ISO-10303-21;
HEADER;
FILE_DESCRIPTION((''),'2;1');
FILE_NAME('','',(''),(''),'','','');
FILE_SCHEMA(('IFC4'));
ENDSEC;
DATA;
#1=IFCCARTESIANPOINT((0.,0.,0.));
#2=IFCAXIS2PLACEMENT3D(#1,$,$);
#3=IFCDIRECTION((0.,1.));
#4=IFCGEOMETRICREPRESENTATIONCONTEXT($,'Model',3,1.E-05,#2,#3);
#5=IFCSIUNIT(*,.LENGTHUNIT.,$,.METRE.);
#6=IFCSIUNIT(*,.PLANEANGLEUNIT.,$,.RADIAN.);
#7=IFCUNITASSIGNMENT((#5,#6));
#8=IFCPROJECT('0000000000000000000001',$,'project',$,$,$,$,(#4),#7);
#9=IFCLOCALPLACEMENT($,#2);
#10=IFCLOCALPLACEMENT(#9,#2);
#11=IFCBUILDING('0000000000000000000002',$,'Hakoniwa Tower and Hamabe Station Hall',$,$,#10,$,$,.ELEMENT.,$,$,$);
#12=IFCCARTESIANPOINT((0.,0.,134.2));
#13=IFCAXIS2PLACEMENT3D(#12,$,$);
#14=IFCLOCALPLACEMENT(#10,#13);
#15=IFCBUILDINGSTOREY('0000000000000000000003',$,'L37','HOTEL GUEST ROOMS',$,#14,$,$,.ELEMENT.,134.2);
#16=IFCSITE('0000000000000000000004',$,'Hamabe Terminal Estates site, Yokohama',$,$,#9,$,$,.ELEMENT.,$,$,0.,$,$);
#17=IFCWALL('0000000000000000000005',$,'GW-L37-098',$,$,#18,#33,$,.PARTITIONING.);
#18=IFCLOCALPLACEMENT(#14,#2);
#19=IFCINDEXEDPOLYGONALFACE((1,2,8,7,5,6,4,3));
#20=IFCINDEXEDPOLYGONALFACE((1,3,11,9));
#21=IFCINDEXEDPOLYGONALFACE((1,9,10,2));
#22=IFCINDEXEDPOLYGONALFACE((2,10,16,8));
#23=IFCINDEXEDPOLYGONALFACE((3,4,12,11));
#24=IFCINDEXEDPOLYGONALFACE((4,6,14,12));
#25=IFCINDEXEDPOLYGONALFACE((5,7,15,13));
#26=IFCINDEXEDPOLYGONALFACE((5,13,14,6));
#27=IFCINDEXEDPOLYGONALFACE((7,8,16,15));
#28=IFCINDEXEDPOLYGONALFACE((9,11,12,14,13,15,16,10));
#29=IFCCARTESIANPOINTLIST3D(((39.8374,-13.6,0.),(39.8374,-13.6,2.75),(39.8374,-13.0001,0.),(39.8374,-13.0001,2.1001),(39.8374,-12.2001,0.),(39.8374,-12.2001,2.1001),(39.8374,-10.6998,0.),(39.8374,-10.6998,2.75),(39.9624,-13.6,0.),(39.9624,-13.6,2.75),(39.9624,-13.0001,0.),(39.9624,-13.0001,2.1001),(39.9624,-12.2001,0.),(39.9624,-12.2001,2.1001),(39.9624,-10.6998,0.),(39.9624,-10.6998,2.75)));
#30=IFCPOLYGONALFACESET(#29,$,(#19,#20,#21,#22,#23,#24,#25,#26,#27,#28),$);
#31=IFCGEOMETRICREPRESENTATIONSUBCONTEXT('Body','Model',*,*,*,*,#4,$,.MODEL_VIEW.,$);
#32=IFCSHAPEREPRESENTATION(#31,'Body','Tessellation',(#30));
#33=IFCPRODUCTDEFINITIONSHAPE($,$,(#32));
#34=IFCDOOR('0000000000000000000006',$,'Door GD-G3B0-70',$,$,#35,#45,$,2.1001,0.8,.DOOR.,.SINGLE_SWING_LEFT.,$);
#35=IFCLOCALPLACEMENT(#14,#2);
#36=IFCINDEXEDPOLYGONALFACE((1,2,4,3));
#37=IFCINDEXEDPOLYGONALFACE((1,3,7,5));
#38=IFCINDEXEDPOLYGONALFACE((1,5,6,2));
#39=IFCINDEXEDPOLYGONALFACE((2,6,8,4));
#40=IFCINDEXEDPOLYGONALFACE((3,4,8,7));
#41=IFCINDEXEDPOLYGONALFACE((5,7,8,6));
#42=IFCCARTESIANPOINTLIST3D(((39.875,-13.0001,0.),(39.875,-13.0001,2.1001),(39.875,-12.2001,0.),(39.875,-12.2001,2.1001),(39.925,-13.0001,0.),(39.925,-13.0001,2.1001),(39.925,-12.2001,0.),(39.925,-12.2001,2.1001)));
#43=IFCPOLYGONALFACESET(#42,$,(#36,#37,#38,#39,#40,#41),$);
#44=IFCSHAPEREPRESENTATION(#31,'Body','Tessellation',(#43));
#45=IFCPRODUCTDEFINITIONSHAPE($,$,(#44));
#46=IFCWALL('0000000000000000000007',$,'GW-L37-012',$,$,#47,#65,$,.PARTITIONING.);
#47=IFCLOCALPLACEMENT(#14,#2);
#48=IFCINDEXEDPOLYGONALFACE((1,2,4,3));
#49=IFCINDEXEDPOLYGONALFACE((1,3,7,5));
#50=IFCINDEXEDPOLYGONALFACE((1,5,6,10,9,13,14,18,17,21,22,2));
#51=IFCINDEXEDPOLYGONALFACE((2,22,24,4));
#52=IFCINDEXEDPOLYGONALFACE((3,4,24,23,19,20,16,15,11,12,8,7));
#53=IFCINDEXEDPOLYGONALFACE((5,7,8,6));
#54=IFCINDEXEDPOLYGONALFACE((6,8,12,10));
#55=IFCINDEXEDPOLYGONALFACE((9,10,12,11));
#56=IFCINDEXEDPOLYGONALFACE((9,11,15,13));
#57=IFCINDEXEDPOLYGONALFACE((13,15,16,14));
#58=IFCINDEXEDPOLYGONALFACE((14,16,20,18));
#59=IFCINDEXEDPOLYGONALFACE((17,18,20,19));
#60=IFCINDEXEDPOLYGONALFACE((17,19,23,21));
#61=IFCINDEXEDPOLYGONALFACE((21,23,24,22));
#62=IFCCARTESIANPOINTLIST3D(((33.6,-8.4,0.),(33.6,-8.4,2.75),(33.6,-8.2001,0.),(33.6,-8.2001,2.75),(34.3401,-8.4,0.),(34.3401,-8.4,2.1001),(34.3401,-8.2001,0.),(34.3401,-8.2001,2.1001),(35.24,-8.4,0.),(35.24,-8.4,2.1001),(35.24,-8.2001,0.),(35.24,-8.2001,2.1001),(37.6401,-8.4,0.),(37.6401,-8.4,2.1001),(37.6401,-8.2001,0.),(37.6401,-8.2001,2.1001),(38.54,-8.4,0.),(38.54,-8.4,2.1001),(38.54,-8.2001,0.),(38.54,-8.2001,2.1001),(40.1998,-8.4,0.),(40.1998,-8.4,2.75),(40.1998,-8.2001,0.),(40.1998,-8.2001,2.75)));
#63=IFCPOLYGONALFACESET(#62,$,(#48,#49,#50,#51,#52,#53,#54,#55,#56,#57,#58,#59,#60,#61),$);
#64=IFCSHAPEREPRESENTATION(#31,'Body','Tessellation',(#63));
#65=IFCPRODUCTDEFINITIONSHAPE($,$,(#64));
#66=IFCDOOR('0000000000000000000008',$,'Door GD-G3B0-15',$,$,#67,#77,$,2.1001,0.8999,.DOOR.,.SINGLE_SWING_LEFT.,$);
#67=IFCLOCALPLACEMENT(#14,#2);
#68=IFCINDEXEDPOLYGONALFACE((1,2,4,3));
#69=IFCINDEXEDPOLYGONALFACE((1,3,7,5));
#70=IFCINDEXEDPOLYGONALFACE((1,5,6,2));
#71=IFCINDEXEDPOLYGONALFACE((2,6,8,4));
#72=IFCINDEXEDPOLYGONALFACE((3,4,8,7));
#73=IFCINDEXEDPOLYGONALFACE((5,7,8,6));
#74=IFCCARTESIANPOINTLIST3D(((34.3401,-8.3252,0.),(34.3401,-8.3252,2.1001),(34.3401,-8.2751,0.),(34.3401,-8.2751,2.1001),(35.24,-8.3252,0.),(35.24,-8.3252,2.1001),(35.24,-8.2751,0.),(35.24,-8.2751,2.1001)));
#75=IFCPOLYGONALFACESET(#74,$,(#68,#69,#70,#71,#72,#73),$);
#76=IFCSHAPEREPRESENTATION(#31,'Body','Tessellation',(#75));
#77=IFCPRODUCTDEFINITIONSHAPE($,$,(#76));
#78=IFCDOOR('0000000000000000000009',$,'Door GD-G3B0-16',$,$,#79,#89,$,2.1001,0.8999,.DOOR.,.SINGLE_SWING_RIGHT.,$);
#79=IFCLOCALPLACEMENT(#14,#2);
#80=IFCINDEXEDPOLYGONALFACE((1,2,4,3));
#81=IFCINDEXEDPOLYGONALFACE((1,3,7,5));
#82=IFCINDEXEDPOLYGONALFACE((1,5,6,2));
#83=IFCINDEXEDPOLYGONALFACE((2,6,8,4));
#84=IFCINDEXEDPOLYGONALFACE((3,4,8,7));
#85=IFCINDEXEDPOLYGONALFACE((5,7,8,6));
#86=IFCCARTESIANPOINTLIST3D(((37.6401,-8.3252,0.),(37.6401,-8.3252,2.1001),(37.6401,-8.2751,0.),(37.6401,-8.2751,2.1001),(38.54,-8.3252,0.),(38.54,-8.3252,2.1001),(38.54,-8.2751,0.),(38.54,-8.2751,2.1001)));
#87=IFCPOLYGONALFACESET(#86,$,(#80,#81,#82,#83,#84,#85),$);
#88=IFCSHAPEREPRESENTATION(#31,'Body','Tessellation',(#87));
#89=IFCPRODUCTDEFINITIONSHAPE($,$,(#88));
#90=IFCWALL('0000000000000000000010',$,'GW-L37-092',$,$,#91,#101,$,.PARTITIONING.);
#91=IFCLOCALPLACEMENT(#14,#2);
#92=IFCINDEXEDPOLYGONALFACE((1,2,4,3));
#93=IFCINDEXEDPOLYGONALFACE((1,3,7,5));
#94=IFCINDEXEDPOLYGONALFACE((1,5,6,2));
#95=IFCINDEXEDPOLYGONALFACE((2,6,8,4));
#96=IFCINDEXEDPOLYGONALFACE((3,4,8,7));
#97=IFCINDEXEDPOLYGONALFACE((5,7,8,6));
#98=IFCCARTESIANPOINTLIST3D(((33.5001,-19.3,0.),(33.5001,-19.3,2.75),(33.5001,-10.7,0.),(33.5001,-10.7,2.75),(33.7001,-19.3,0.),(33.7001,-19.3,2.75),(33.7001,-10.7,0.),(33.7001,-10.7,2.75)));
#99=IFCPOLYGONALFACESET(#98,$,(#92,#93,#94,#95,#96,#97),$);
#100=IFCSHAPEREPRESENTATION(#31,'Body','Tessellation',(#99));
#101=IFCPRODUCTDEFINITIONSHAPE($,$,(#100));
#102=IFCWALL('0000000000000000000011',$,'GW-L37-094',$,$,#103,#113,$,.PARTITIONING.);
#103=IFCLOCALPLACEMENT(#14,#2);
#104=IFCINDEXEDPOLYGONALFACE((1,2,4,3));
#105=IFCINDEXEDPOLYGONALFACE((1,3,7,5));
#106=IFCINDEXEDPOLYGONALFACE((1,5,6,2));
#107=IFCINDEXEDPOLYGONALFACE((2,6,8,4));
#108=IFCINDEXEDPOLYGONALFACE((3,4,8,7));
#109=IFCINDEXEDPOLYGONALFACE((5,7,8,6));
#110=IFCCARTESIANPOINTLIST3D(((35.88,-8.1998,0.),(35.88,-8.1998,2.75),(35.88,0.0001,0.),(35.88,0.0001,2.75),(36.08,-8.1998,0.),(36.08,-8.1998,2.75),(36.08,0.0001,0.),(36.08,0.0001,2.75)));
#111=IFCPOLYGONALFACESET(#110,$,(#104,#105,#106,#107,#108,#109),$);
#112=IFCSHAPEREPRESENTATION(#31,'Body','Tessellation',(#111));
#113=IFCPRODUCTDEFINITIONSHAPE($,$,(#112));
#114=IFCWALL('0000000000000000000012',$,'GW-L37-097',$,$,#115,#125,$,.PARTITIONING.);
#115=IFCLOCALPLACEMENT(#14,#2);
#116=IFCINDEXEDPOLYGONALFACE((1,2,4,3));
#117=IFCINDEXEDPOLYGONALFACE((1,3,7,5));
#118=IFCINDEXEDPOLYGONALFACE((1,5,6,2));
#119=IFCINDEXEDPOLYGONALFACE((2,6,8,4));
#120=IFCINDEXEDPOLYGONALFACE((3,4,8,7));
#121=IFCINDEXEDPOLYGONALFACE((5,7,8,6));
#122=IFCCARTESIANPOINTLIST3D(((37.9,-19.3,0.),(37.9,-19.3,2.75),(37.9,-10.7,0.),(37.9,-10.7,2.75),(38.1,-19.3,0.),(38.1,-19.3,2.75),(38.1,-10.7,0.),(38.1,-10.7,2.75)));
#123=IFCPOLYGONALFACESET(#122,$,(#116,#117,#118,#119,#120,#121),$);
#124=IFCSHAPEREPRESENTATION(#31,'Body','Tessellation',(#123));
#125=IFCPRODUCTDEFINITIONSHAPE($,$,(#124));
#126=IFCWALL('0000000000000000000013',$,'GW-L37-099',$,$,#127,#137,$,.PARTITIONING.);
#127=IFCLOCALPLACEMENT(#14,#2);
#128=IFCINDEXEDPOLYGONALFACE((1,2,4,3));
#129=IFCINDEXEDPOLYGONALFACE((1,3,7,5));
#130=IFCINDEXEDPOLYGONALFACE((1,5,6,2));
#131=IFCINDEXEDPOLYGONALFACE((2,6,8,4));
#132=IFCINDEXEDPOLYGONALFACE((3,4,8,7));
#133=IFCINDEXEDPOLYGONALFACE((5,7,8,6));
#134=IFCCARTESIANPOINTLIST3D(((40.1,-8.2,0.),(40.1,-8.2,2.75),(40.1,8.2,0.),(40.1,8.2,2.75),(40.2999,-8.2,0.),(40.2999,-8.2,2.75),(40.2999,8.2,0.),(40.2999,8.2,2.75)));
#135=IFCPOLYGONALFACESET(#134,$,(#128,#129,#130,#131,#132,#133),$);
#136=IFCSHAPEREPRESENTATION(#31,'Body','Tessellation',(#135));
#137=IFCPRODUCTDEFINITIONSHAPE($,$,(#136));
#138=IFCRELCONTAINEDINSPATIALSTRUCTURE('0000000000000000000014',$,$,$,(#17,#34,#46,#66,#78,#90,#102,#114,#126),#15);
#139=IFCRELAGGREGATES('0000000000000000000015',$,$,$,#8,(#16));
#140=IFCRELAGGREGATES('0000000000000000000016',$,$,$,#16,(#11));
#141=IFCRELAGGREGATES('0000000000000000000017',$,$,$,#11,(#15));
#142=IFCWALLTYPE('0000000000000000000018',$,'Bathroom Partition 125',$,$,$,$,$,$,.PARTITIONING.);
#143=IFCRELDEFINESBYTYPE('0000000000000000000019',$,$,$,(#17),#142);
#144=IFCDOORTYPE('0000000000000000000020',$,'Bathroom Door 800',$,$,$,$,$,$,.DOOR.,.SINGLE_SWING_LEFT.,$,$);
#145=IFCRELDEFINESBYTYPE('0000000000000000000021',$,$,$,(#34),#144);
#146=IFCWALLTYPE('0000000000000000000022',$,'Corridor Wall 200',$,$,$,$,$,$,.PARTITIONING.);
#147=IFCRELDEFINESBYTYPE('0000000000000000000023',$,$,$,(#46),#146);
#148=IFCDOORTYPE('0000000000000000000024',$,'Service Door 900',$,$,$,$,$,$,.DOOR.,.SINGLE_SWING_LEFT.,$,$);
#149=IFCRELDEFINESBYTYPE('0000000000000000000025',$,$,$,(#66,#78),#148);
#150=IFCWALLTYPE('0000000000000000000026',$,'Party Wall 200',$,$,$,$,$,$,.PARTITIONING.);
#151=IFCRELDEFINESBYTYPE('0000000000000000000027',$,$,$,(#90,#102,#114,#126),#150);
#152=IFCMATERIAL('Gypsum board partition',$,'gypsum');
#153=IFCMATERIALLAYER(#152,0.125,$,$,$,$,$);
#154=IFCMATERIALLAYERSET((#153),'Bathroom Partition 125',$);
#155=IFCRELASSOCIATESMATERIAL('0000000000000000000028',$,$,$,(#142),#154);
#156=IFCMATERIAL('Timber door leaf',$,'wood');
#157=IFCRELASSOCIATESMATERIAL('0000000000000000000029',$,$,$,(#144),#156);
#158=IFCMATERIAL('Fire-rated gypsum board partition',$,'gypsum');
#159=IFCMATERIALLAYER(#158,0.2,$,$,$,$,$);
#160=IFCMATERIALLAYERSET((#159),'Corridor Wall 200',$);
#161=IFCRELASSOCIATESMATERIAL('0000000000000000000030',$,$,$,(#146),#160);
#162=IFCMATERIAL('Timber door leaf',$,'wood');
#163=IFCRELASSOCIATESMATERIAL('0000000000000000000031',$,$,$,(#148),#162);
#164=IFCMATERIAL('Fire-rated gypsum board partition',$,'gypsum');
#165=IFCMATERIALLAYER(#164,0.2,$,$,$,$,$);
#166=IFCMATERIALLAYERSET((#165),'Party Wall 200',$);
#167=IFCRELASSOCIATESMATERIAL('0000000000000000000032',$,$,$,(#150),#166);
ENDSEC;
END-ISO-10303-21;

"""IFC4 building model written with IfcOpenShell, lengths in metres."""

from ifc_helpers import new_model, si_unit, direction, frame, frame_2d, origin, place, context, subcontext, project, spatial, rectangle, extrude, material, layer, layer_set, type_object, element, fill, save


model = new_model("IFC4")

# Units and contexts
model_context = context("Model", 3, precision=1e-05, world=origin(), true_north=direction((0.0, 1.0)))
body_context = subcontext(model_context, "Body", "Model", "MODEL_VIEW")
ifc_project = project(units=[si_unit("LENGTHUNIT", "METRE"), si_unit("PLANEANGLEUNIT", "RADIAN")], contexts=[model_context])

# Site, building, storey
site_placement = place(None, origin())
site = spatial("IfcSite", under=ifc_project, at=site_placement, Name="Hamabe Terminal Estates site, Yokohama", CompositionType="ELEMENT", RefElevation=0.0)
building_placement = place(site_placement, origin())
building = spatial("IfcBuilding", under=site, at=building_placement, Name="Hakoniwa Tower and Hamabe Station Hall", CompositionType="ELEMENT")
storey_placement = place(building_placement, frame((0.0, 0.0, 134.2)))
storey = spatial("IfcBuildingStorey", under=building, at=storey_placement, Name="L37", Description="HOTEL GUEST ROOMS", CompositionType="ELEMENT", Elevation=134.2)

# Shared definitions
ifc_material_1 = material(Name="Gypsum board partition", Category="gypsum")
ifc_layer_1 = layer(ifc_material_1, 0.125)
ifc_layer_set_1 = layer_set([ifc_layer_1], Name="Bathroom Partition 125")
wall_type_1 = type_object("IfcWallType", Name="Bathroom Partition 125", PredefinedType="PARTITIONING", material=ifc_layer_set_1)

# Wall, opening, door
ifc_material_2 = material(Name="Timber door leaf", Category="wood")
door_type_1 = type_object("IfcDoorType", Name="Bathroom Door 800", OperationType="SINGLE_SWING_LEFT", PredefinedType="DOOR", material=ifc_material_2)
wall_1_placement = place(storey_placement, frame((39.8999, -13.6001, 0.0), z_axis=(0.0, 0.0, 1.0), x_axis=(0.0, 1.0, 0.0)))
wall_1 = element("IfcWall", 1, at=wall_1_placement, inside=storey, type_object=wall_type_1, Name="GW-L37-098", PredefinedType="PARTITIONING", context=body_context, shape_type="SweptSolid", body=[
    extrude(rectangle(XDim=2.9001, YDim=0.125, at=frame_2d((1.4502, 0.0))), origin(), (0.0, 0.0, 1.0), 2.75),
])
opening_1_placement = place(wall_1_placement, frame((0.6001, 0.0, 0.0)))
opening_1 = element("IfcOpeningElement", 2, at=opening_1_placement, cuts=wall_1, PredefinedType="OPENING", context=body_context, shape_type="SweptSolid", body=[
    extrude(rectangle(XDim=0.8, YDim=2.1001, at=frame_2d((0.3999, 1.05))), frame((0.0, 0.0725, 0.0), z_axis=(0.0, -1.0, 0.0), x_axis=(1.0, 0.0, 0.0)), (0.0, 0.0, 1.0), 0.145),
])
door_1_placement = place(opening_1_placement, origin())
door_1 = element("IfcDoor", 3, at=door_1_placement, inside=storey, type_object=door_type_1, Name="Door GD-G3B0-70", OperationType="SINGLE_SWING_LEFT", OverallHeight=2.1001, OverallWidth=0.8, PredefinedType="DOOR", context=body_context, shape_type="SweptSolid", body=[
    extrude(rectangle(XDim=0.8, YDim=2.1001, at=frame_2d((0.3999, 1.05))), frame((0.0, 0.0249, 0.0), z_axis=(0.0, -1.0, 0.0), x_axis=(1.0, 0.0, 0.0)), (0.0, 0.0, 1.0), 0.05),
])
fill(opening_1, door_1)

# Wall, openings, doors
ifc_material_3 = material(Name="Fire-rated gypsum board partition", Category="gypsum")
ifc_layer_2 = layer(ifc_material_3, 0.2)
ifc_layer_set_2 = layer_set([ifc_layer_2], Name="Corridor Wall 200")
wall_type_2 = type_object("IfcWallType", Name="Corridor Wall 200", PredefinedType="PARTITIONING", material=ifc_layer_set_2)
wall_2_placement = place(storey_placement, frame((33.6001, -8.3, 0.0), z_axis=(0.0, 0.0, 1.0), x_axis=(1.0, 0.0, 0.0)))
wall_2 = element("IfcWall", 4, at=wall_2_placement, inside=storey, type_object=wall_type_2, Name="GW-L37-012", PredefinedType="PARTITIONING", context=body_context, shape_type="SweptSolid", body=[
    extrude(rectangle(XDim=6.5999, YDim=0.2, at=frame_2d((3.2998, 0.0))), origin(), (0.0, 0.0, 1.0), 2.75),
])
opening_2_placement = place(wall_2_placement, frame((0.74, 0.0, 0.0)))
opening_2 = element("IfcOpeningElement", 5, at=opening_2_placement, cuts=wall_2, PredefinedType="OPENING", context=body_context, shape_type="SweptSolid", body=[
    extrude(rectangle(XDim=0.8999, YDim=2.1001, at=frame_2d((0.45, 1.05))), frame((0.0, 0.1099, 0.0), z_axis=(0.0, -1.0, 0.0), x_axis=(1.0, 0.0, 0.0)), (0.0, 0.0, 1.0), 0.22),
])
opening_3_placement = place(wall_2_placement, frame((4.04, 0.0, 0.0)))
opening_3 = element("IfcOpeningElement", 6, at=opening_3_placement, cuts=wall_2, PredefinedType="OPENING", context=body_context, shape_type="SweptSolid", body=[
    extrude(rectangle(XDim=0.8999, YDim=2.1001, at=frame_2d((0.45, 1.05))), frame((0.0, 0.1099, 0.0), z_axis=(0.0, -1.0, 0.0), x_axis=(1.0, 0.0, 0.0)), (0.0, 0.0, 1.0), 0.22),
])
ifc_material_4 = material(Name="Timber door leaf", Category="wood")
door_type_2 = type_object("IfcDoorType", Name="Service Door 900", OperationType="SINGLE_SWING_LEFT", PredefinedType="DOOR", material=ifc_material_4)
door_2_placement = place(opening_2_placement, origin())
door_2 = element("IfcDoor", 7, at=door_2_placement, inside=storey, type_object=door_type_2, Name="Door GD-G3B0-15", OperationType="SINGLE_SWING_LEFT", OverallHeight=2.1001, OverallWidth=0.8999, PredefinedType="DOOR", context=body_context, shape_type="SweptSolid", body=[
    extrude(rectangle(XDim=0.8999, YDim=2.1001, at=frame_2d((0.45, 1.05))), frame((0.0, 0.0249, 0.0), z_axis=(0.0, -1.0, 0.0), x_axis=(1.0, 0.0, 0.0)), (0.0, 0.0, 1.0), 0.05),
])
fill(opening_2, door_2)
door_3_placement = place(opening_3_placement, origin())
door_3 = element("IfcDoor", 8, at=door_3_placement, inside=storey, type_object=door_type_2, Name="Door GD-G3B0-16", OperationType="SINGLE_SWING_RIGHT", OverallHeight=2.1001, OverallWidth=0.8999, PredefinedType="DOOR", context=body_context, shape_type="SweptSolid", body=[
    extrude(rectangle(XDim=0.8999, YDim=2.1001, at=frame_2d((0.45, 1.05))), frame((0.0, 0.0249, 0.0), z_axis=(0.0, -1.0, 0.0), x_axis=(1.0, 0.0, 0.0)), (0.0, 0.0, 1.0), 0.05),
])
fill(opening_3, door_3)

# Walls
ifc_material_5 = material(Name="Fire-rated gypsum board partition", Category="gypsum")
ifc_layer_3 = layer(ifc_material_5, 0.2)
ifc_layer_set_3 = layer_set([ifc_layer_3], Name="Party Wall 200")
wall_type_3 = type_object("IfcWallType", Name="Party Wall 200", PredefinedType="PARTITIONING", material=ifc_layer_set_3)
wall_3_placement = place(storey_placement, frame((33.6001, -19.3, 0.0), z_axis=(0.0, 0.0, 1.0), x_axis=(0.0, 1.0, 0.0)))
element("IfcWall", 9, at=wall_3_placement, inside=storey, type_object=wall_type_3, Name="GW-L37-092", PredefinedType="PARTITIONING", context=body_context, shape_type="SweptSolid", body=[
    extrude(rectangle(XDim=8.6001, YDim=0.2, at=frame_2d((4.3, 0.0))), origin(), (0.0, 0.0, 1.0), 2.75),
])
wall_4_placement = place(storey_placement, frame((35.98, -8.2, 0.0), z_axis=(0.0, 0.0, 1.0), x_axis=(0.0, 1.0, 0.0)))
element("IfcWall", 10, at=wall_4_placement, inside=storey, type_object=wall_type_3, Name="GW-L37-094", PredefinedType="PARTITIONING", context=body_context, shape_type="SweptSolid", body=[
    extrude(rectangle(XDim=8.2, YDim=0.2, at=frame_2d((4.1001, 0.0))), origin(), (0.0, 0.0, 1.0), 2.75),
])
wall_5_placement = place(storey_placement, frame((38.0, -19.3, 0.0), z_axis=(0.0, 0.0, 1.0), x_axis=(0.0, 1.0, 0.0)))
element("IfcWall", 11, at=wall_5_placement, inside=storey, type_object=wall_type_3, Name="GW-L37-097", PredefinedType="PARTITIONING", context=body_context, shape_type="SweptSolid", body=[
    extrude(rectangle(XDim=8.6001, YDim=0.2, at=frame_2d((4.3, 0.0))), origin(), (0.0, 0.0, 1.0), 2.75),
])
wall_6_placement = place(storey_placement, frame((40.2, -8.2, 0.0), z_axis=(0.0, 0.0, 1.0), x_axis=(0.0, 1.0, 0.0)))
element("IfcWall", 12, at=wall_6_placement, inside=storey, type_object=wall_type_3, Name="GW-L37-099", PredefinedType="PARTITIONING", context=body_context, shape_type="SweptSolid", body=[
    extrude(rectangle(XDim=16.3999, YDim=0.2, at=frame_2d((8.2, 0.0))), origin(), (0.0, 0.0, 1.0), 2.75),
])

save(model, "model.ifc")
